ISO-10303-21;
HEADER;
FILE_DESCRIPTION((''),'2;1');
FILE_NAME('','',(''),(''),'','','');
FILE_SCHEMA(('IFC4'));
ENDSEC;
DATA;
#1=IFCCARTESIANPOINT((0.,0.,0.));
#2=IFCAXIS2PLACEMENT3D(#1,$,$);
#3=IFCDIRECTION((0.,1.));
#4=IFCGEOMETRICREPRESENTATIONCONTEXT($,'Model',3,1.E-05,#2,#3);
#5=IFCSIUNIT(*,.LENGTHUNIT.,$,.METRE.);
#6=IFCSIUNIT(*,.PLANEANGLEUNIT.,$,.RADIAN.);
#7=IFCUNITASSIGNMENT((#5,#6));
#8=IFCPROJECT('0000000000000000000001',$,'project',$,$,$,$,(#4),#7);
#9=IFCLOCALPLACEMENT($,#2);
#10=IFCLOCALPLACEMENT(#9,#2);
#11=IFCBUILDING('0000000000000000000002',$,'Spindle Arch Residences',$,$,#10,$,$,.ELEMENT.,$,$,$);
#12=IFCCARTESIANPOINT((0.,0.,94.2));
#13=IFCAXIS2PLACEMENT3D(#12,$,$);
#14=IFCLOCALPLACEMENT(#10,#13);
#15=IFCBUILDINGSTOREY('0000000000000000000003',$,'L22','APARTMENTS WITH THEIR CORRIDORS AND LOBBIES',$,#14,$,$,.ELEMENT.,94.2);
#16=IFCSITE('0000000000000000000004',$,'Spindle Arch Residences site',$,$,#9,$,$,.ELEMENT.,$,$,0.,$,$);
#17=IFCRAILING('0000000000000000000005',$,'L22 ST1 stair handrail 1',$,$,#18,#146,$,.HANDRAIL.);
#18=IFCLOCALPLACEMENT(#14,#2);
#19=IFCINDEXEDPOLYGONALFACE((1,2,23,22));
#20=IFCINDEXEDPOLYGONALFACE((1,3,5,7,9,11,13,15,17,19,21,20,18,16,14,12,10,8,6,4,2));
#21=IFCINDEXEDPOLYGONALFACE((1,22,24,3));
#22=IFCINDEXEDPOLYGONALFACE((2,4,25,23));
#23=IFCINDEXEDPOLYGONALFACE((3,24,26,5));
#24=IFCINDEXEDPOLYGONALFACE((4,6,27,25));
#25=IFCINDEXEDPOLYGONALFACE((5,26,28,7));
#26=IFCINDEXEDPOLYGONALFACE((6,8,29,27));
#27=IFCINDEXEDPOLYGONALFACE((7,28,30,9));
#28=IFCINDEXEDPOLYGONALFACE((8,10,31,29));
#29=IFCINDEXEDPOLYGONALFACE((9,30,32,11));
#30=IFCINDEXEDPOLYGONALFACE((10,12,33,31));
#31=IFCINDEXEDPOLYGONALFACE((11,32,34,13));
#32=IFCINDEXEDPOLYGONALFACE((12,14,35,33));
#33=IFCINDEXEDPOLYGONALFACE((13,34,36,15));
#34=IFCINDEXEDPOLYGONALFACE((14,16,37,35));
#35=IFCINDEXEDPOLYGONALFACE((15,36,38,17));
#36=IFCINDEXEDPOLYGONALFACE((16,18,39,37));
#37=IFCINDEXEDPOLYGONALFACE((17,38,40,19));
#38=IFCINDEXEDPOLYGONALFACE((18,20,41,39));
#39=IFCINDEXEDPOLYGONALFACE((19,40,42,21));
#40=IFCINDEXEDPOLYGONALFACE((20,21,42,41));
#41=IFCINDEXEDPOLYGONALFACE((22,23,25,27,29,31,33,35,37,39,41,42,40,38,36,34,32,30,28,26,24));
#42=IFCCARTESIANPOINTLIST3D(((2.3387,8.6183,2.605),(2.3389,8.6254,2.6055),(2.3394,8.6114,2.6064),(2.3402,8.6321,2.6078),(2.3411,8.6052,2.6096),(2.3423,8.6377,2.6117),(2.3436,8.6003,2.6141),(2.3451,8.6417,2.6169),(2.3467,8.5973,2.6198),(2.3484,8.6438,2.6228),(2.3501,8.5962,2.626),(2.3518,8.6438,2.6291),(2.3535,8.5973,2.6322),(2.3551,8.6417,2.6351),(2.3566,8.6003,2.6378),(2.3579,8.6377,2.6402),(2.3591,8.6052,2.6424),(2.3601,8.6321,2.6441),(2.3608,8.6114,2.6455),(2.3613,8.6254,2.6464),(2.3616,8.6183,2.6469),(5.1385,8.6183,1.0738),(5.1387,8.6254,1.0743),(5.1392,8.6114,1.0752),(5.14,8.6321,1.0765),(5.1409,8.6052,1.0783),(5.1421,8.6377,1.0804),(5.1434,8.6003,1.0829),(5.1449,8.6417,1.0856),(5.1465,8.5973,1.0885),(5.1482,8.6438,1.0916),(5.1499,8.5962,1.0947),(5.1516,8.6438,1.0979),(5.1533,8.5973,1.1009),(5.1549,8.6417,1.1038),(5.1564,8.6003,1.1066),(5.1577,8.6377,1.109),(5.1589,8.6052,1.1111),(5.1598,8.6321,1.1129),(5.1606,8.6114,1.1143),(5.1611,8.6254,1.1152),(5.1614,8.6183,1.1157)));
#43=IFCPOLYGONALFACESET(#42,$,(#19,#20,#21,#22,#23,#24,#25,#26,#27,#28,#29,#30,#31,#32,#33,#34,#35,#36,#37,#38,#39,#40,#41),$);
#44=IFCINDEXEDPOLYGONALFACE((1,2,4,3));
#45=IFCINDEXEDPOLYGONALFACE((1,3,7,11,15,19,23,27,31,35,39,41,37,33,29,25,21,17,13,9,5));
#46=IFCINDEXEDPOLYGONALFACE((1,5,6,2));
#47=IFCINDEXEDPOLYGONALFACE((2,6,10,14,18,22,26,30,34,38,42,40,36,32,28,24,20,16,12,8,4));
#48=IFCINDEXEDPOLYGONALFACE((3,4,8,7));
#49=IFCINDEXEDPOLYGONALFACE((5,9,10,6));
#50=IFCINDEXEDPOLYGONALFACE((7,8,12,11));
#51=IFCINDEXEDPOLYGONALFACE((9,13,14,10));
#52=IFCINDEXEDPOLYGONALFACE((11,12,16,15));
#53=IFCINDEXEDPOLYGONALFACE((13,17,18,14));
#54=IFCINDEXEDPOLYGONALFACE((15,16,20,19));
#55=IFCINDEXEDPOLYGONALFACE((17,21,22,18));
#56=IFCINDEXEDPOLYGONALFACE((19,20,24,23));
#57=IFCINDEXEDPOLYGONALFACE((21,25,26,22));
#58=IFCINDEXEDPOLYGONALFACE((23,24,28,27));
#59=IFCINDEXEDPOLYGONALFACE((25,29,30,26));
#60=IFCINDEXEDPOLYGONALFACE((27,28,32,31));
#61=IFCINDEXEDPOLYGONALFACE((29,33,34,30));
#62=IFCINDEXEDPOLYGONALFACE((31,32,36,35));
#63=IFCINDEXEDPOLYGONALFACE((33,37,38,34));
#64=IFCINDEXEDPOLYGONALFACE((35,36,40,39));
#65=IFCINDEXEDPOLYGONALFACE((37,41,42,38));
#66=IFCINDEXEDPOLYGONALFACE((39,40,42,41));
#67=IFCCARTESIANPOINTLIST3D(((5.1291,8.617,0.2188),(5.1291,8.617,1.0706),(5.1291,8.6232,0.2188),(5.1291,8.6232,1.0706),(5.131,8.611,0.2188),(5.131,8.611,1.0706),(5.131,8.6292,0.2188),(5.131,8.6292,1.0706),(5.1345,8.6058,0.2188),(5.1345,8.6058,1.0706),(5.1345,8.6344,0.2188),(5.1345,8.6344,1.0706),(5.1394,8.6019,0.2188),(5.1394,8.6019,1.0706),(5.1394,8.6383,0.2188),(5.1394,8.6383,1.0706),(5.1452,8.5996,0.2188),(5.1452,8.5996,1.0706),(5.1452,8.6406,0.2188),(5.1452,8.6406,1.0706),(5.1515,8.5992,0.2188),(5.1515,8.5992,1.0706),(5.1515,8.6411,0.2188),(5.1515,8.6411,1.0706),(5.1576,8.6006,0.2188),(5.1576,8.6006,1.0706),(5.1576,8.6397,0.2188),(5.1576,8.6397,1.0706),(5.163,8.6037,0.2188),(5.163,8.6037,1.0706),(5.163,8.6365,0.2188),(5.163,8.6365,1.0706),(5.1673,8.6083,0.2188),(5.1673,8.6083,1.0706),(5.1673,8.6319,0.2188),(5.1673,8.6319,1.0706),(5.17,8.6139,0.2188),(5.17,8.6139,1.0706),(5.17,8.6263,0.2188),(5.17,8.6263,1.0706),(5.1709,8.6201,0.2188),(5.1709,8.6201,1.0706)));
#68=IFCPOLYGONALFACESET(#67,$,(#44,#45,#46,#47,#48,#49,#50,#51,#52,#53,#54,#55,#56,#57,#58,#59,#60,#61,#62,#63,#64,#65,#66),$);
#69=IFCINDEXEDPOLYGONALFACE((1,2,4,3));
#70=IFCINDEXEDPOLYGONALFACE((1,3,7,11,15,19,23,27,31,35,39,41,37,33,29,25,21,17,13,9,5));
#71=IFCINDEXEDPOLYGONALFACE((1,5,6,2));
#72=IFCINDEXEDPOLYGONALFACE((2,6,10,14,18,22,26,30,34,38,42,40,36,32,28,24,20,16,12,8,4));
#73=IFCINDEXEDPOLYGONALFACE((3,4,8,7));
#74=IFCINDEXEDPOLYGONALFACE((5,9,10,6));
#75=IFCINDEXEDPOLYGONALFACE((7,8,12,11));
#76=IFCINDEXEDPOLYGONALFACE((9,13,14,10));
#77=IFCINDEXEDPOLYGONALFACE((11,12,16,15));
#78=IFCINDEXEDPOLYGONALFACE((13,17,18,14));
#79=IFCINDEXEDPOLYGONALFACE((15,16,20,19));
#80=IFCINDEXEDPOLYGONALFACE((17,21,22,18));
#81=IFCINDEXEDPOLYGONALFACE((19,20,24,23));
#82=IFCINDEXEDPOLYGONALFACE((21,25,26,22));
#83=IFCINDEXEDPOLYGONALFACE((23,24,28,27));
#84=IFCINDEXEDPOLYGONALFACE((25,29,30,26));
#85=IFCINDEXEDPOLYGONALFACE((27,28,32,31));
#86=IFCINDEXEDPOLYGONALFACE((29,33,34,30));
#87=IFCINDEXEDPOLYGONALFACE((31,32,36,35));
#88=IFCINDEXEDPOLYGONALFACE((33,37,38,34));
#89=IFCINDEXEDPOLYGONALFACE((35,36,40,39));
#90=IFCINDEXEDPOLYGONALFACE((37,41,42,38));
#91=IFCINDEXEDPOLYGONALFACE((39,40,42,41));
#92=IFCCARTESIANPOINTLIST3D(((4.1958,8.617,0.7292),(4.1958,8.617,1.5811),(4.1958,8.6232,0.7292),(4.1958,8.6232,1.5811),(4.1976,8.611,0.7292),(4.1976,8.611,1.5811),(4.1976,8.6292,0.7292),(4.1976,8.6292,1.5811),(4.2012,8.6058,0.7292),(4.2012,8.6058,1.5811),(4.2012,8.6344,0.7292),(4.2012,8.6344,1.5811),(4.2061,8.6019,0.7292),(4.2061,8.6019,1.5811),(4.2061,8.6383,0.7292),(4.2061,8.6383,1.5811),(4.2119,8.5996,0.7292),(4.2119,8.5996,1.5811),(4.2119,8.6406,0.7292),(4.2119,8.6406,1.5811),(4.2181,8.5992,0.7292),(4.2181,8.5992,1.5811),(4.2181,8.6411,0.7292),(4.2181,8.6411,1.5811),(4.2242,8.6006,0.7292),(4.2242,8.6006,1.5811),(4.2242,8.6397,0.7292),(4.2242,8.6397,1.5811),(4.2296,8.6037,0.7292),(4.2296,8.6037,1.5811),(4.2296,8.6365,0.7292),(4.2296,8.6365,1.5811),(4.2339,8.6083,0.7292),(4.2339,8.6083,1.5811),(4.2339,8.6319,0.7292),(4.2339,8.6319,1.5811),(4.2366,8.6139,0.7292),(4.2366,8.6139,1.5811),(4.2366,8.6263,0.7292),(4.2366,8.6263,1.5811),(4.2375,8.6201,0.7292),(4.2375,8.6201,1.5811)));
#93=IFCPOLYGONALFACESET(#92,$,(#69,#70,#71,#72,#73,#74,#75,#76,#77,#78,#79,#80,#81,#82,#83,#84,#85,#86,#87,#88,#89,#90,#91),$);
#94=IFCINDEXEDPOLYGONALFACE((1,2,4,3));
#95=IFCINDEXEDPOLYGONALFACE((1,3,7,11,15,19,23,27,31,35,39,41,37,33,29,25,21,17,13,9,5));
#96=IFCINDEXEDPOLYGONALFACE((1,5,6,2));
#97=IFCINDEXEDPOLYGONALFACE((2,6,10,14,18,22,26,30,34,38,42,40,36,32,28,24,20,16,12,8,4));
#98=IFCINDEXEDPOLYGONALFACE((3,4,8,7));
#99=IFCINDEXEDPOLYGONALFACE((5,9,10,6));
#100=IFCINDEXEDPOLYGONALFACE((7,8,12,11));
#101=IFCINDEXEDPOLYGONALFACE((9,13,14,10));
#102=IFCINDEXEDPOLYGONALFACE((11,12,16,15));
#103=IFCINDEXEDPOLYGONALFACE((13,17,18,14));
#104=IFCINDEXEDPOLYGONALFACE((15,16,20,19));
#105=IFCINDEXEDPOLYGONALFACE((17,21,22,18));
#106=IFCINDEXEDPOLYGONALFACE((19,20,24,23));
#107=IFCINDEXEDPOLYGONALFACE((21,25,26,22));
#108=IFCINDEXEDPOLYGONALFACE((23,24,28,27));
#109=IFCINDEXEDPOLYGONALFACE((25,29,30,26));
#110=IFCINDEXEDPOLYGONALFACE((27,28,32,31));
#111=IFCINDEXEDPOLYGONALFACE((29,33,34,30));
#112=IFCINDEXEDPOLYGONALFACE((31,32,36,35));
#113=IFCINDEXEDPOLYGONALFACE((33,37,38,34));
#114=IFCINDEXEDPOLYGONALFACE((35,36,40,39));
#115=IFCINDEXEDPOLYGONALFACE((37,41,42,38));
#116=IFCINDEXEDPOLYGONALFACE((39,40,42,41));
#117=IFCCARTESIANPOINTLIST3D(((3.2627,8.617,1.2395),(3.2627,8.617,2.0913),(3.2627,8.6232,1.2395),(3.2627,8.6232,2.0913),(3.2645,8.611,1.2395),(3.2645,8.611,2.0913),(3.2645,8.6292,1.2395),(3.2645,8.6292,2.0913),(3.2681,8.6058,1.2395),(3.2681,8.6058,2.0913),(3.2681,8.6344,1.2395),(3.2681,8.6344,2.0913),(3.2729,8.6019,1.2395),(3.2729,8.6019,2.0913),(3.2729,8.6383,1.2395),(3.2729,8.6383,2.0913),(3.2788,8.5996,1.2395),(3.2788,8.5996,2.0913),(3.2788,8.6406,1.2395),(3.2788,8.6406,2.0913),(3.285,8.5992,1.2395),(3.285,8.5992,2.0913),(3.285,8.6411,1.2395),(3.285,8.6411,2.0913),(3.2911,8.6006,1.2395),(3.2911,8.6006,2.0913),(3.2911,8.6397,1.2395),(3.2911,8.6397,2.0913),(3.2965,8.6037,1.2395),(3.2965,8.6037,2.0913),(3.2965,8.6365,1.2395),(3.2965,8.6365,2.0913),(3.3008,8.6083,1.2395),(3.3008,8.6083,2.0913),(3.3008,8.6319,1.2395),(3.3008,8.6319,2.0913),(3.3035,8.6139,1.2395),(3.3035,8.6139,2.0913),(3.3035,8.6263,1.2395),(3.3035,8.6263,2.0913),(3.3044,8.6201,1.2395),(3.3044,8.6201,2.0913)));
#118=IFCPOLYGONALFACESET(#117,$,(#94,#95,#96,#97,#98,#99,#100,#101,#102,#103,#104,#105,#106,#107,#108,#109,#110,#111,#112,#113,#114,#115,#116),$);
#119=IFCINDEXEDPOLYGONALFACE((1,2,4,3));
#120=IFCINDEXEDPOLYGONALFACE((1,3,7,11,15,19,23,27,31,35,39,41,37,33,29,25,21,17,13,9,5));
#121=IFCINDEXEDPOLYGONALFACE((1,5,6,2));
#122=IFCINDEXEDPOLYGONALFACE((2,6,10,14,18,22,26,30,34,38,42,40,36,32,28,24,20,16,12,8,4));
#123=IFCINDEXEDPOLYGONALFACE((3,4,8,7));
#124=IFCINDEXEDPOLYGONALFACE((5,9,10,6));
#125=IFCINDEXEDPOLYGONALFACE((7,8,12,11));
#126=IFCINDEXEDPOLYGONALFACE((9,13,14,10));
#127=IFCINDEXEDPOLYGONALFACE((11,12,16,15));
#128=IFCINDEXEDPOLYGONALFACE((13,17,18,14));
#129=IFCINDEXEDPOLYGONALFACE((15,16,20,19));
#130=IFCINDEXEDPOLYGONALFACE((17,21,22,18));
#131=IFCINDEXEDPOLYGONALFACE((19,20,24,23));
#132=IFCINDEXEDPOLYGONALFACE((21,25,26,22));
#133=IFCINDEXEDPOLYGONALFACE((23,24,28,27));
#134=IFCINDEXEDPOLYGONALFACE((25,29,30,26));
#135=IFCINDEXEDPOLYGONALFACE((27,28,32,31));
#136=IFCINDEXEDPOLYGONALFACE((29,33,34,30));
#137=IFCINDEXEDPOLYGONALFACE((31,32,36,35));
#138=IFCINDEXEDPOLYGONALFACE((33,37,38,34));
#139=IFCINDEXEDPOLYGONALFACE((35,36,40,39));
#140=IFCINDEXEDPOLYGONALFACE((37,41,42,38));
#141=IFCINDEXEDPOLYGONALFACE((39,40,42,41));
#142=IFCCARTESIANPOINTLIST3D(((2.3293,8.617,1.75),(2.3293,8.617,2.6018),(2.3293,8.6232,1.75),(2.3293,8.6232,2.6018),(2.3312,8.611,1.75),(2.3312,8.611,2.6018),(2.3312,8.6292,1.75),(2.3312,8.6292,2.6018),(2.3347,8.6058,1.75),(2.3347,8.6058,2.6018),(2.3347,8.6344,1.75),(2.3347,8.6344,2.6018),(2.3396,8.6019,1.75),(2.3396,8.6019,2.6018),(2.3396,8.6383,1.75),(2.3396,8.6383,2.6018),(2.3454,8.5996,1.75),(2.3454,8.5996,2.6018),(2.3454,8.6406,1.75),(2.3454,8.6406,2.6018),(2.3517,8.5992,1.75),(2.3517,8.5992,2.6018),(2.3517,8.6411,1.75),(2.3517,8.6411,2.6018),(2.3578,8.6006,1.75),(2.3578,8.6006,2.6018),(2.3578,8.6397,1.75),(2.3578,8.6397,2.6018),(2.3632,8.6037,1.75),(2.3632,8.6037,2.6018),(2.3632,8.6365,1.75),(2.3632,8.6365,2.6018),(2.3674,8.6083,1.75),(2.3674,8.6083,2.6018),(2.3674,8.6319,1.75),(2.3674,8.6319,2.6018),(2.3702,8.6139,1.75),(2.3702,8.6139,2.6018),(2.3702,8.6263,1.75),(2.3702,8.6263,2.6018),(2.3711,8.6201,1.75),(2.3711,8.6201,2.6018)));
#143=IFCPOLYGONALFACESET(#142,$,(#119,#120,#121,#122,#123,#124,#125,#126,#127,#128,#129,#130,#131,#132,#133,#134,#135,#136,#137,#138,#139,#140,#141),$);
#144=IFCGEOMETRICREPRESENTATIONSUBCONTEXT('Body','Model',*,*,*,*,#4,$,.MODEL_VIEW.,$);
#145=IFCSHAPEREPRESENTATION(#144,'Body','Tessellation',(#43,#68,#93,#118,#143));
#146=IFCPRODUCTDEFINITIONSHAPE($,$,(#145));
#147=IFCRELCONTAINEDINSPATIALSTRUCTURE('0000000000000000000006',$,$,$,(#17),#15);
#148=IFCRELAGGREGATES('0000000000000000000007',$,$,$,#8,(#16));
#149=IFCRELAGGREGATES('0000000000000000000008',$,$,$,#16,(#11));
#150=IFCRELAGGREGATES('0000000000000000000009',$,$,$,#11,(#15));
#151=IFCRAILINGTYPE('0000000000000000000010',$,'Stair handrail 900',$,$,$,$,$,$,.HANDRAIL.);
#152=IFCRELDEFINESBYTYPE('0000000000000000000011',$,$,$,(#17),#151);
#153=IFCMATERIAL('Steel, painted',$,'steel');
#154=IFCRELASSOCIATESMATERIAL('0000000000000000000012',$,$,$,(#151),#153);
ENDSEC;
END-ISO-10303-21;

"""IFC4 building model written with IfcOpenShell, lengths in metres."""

from ifc_helpers import new_model, si_unit, direction, frame, origin, origin_2d, place, context, subcontext, project, spatial, circle, extrude, material, type_object, element, save


model = new_model("IFC4")

# Units and contexts
model_context = context("Model", 3, precision=1e-05, world=origin(), true_north=direction((0.0, 1.0)))
body_context = subcontext(model_context, "Body", "Model", "MODEL_VIEW")
ifc_project = project(units=[si_unit("LENGTHUNIT", "METRE"), si_unit("PLANEANGLEUNIT", "RADIAN")], contexts=[model_context])

# Site, building, storey
site_placement = place(None, origin())
site = spatial("IfcSite", under=ifc_project, at=site_placement, Name="Spindle Arch Residences site", CompositionType="ELEMENT", RefElevation=0.0)
building_placement = place(site_placement, origin())
building = spatial("IfcBuilding", under=site, at=building_placement, Name="Spindle Arch Residences", CompositionType="ELEMENT")
storey_placement = place(building_placement, frame((0.0, 0.0, 94.2)))
storey = spatial("IfcBuildingStorey", under=building, at=storey_placement, Name="L22", Description="APARTMENTS WITH THEIR CORRIDORS AND LOBBIES", CompositionType="ELEMENT", Elevation=94.2)

# Railing
ifc_material_1 = material(Name="Steel, painted", Category="steel")
railing_type_1 = type_object("IfcRailingType", Name="Stair handrail 900", PredefinedType="HANDRAIL", material=ifc_material_1)
railing_1_placement = place(storey_placement, frame((5.1499, 8.6201, 0.2188)))
element("IfcRailing", 1, at=railing_1_placement, inside=storey, type_object=railing_type_1, Name="L22 ST1 stair handrail 1", PredefinedType="HANDRAIL", context=body_context, shape_type="SweptSolid", body=[
    extrude(circle(Radius=0.0239, at=origin_2d()), frame((0.0, 0.0, 0.876), z_axis=(-0.877357, 0.0, 0.479838), x_axis=(0.0, -1.0, 0.0)), (0.0, 0.0, 1.0), 3.1912),
    extrude(circle(Radius=0.021, at=origin_2d()), origin(), (0.0, 0.0, 1.0), 0.8518),
    extrude(circle(Radius=0.021, at=origin_2d()), frame((-0.9333, 0.0, 0.5105)), (0.0, 0.0, 1.0), 0.8518),
    extrude(circle(Radius=0.021, at=origin_2d()), frame((-1.8665, 0.0, 1.0208)), (0.0, 0.0, 1.0), 0.8518),
    extrude(circle(Radius=0.021, at=origin_2d()), frame((-2.7998, 0.0, 1.5312)), (0.0, 0.0, 1.0), 0.8518),
])

save(model, "model.ifc")
